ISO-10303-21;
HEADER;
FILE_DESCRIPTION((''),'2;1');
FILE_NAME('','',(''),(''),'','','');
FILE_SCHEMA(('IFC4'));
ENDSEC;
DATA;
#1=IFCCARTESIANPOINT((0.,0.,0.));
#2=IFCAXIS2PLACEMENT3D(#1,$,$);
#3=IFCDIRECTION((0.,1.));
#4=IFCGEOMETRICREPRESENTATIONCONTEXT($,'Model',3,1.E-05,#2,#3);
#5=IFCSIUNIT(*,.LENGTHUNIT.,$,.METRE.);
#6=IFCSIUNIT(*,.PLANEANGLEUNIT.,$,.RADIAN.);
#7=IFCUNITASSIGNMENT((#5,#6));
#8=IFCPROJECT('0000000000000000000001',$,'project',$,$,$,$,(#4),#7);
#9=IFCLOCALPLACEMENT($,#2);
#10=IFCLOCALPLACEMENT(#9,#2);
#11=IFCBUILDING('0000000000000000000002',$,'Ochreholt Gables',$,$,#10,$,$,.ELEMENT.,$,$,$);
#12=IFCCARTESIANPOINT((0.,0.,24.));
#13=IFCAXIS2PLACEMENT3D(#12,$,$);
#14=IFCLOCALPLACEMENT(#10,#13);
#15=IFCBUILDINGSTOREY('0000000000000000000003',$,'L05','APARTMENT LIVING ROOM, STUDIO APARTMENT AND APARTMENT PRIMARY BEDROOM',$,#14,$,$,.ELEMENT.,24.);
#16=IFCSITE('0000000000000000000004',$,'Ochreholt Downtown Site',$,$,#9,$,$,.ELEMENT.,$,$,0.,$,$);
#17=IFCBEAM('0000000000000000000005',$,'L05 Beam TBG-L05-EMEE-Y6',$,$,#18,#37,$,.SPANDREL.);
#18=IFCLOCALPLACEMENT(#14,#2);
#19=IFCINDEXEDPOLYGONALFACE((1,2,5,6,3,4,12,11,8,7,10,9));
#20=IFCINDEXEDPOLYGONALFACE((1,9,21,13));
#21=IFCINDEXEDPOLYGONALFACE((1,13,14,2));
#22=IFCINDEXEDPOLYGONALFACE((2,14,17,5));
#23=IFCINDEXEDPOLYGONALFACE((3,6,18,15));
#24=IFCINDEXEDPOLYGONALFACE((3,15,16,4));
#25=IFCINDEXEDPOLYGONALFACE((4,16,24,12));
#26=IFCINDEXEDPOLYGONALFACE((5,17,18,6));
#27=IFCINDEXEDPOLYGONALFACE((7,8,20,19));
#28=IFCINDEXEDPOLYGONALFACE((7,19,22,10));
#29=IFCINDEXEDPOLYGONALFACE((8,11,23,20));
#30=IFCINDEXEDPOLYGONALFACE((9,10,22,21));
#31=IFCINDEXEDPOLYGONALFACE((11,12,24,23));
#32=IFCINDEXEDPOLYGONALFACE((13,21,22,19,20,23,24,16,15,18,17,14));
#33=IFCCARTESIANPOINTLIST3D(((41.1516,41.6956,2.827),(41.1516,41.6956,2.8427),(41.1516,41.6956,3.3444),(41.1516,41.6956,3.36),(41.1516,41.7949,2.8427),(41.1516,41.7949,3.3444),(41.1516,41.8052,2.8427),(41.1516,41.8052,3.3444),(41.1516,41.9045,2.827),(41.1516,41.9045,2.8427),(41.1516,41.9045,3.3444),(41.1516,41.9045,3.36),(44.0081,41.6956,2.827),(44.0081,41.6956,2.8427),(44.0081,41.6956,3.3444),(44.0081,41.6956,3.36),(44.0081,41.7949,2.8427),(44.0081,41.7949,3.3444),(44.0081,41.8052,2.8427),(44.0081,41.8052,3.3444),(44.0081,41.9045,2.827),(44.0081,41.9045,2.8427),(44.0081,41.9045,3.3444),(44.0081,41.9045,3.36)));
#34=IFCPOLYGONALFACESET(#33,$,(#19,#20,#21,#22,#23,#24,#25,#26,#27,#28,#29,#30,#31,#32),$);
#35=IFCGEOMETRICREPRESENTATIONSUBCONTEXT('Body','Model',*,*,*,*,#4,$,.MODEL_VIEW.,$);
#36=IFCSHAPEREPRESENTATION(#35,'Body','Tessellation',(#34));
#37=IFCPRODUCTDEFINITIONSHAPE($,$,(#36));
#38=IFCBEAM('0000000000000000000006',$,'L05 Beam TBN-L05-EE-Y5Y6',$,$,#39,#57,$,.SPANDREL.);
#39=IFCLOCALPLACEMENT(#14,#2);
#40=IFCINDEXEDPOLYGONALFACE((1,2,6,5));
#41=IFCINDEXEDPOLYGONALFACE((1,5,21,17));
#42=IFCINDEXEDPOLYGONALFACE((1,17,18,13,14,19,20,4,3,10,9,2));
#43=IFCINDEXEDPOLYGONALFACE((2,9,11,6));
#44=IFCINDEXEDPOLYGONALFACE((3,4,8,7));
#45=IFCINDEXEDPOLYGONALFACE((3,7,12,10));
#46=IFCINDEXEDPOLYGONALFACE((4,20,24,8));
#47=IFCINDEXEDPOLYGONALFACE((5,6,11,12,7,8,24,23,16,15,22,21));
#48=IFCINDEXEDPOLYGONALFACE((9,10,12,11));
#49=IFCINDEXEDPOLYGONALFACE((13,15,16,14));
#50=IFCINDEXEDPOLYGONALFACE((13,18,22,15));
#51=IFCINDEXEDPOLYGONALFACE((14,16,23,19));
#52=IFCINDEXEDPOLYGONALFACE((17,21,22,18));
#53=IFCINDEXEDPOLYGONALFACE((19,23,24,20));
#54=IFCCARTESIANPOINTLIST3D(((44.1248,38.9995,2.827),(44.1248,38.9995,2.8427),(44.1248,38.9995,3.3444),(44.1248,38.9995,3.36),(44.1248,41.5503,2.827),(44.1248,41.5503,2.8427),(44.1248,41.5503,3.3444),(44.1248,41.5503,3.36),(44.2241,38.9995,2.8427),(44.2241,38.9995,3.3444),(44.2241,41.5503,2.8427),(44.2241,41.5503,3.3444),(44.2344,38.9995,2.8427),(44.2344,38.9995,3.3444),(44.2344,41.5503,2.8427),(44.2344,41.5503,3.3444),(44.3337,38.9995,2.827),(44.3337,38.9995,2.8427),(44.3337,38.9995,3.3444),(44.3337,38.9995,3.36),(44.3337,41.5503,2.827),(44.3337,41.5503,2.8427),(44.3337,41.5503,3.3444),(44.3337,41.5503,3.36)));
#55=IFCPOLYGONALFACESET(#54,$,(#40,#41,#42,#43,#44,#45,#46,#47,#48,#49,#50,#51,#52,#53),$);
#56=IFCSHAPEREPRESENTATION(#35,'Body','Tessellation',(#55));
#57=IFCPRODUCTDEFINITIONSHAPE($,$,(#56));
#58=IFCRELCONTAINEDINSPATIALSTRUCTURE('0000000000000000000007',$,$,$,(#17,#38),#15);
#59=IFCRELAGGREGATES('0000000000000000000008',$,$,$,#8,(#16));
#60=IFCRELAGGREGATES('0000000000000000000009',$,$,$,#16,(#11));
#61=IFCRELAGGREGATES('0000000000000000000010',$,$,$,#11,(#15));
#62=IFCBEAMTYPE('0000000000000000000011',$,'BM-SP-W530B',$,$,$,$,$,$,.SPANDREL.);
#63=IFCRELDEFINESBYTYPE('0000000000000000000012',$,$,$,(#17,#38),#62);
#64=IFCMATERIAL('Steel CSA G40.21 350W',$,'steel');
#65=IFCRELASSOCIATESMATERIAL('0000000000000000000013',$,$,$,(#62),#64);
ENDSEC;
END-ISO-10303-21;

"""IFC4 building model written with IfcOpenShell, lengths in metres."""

from ifc_helpers import new_model, si_unit, direction, frame, origin, origin_2d, place, context, subcontext, project, spatial, i_section, extrude, material, material_profile, profile_set, type_object, element, save


model = new_model("IFC4")

# Units and contexts
model_context = context("Model", 3, precision=1e-05, world=origin(), true_north=direction((0.0, 1.0)))
body_context = subcontext(model_context, "Body", "Model", "MODEL_VIEW")
ifc_project = project(units=[si_unit("LENGTHUNIT", "METRE"), si_unit("PLANEANGLEUNIT", "RADIAN")], contexts=[model_context])

# Site, building, storey
site_placement = place(None, origin())
site = spatial("IfcSite", under=ifc_project, at=site_placement, Name="Ochreholt Downtown Site", CompositionType="ELEMENT", RefElevation=0.0)
building_placement = place(site_placement, origin())
building = spatial("IfcBuilding", under=site, at=building_placement, Name="Ochreholt Gables", CompositionType="ELEMENT")
storey_placement = place(building_placement, frame((0.0, 0.0, 24.0)))
storey = spatial("IfcBuildingStorey", under=building, at=storey_placement, Name="L05", Description="APARTMENT LIVING ROOM, STUDIO APARTMENT AND APARTMENT PRIMARY BEDROOM", CompositionType="ELEMENT", Elevation=24.0)

# Shared definitions
ifc_material_1 = material(Name="Steel CSA G40.21 350W", Category="steel")

# Beams
ifc_material_profile_1 = material_profile(ifc_material_1, i_section(OverallWidth=0.209, OverallDepth=0.533, WebThickness=0.0103, FlangeThickness=0.0156, at=origin_2d()), Name="W530X92")
ifc_profile_set_1 = profile_set([ifc_material_profile_1], Name="Steel CSA G40.21 350W")
beam_type_1 = type_object("IfcBeamType", Name="BM-SP-W530B", PredefinedType="SPANDREL", material=ifc_profile_set_1)
beam_1_placement = place(storey_placement, frame((41.1516, 41.8, 3.0935), z_axis=(1.0, 0.0, 0.0), x_axis=(0.0, 1.0, 0.0)))
element("IfcBeam", 1, at=beam_1_placement, inside=storey, type_object=beam_type_1, Name="L05 Beam TBG-L05-EMEE-Y6", PredefinedType="SPANDREL", context=body_context, shape_type="SweptSolid", body=[
    extrude(i_section(OverallWidth=0.209, OverallDepth=0.533, WebThickness=0.0103, FlangeThickness=0.0156, at=origin_2d()), origin(), (0.0, 0.0, 1.0), 2.8564),
])
beam_2_placement = place(storey_placement, frame((44.2292, 38.9995, 3.0935), z_axis=(0.0, 1.0, 0.0), x_axis=(-1.0, 0.0, 0.0)))
element("IfcBeam", 2, at=beam_2_placement, inside=storey, type_object=beam_type_1, Name="L05 Beam TBN-L05-EE-Y5Y6", PredefinedType="SPANDREL", context=body_context, shape_type="SweptSolid", body=[
    extrude(i_section(OverallWidth=0.209, OverallDepth=0.533, WebThickness=0.0103, FlangeThickness=0.0156, at=origin_2d()), origin(), (0.0, 0.0, 1.0), 2.5508),
])

save(model, "model.ifc")
